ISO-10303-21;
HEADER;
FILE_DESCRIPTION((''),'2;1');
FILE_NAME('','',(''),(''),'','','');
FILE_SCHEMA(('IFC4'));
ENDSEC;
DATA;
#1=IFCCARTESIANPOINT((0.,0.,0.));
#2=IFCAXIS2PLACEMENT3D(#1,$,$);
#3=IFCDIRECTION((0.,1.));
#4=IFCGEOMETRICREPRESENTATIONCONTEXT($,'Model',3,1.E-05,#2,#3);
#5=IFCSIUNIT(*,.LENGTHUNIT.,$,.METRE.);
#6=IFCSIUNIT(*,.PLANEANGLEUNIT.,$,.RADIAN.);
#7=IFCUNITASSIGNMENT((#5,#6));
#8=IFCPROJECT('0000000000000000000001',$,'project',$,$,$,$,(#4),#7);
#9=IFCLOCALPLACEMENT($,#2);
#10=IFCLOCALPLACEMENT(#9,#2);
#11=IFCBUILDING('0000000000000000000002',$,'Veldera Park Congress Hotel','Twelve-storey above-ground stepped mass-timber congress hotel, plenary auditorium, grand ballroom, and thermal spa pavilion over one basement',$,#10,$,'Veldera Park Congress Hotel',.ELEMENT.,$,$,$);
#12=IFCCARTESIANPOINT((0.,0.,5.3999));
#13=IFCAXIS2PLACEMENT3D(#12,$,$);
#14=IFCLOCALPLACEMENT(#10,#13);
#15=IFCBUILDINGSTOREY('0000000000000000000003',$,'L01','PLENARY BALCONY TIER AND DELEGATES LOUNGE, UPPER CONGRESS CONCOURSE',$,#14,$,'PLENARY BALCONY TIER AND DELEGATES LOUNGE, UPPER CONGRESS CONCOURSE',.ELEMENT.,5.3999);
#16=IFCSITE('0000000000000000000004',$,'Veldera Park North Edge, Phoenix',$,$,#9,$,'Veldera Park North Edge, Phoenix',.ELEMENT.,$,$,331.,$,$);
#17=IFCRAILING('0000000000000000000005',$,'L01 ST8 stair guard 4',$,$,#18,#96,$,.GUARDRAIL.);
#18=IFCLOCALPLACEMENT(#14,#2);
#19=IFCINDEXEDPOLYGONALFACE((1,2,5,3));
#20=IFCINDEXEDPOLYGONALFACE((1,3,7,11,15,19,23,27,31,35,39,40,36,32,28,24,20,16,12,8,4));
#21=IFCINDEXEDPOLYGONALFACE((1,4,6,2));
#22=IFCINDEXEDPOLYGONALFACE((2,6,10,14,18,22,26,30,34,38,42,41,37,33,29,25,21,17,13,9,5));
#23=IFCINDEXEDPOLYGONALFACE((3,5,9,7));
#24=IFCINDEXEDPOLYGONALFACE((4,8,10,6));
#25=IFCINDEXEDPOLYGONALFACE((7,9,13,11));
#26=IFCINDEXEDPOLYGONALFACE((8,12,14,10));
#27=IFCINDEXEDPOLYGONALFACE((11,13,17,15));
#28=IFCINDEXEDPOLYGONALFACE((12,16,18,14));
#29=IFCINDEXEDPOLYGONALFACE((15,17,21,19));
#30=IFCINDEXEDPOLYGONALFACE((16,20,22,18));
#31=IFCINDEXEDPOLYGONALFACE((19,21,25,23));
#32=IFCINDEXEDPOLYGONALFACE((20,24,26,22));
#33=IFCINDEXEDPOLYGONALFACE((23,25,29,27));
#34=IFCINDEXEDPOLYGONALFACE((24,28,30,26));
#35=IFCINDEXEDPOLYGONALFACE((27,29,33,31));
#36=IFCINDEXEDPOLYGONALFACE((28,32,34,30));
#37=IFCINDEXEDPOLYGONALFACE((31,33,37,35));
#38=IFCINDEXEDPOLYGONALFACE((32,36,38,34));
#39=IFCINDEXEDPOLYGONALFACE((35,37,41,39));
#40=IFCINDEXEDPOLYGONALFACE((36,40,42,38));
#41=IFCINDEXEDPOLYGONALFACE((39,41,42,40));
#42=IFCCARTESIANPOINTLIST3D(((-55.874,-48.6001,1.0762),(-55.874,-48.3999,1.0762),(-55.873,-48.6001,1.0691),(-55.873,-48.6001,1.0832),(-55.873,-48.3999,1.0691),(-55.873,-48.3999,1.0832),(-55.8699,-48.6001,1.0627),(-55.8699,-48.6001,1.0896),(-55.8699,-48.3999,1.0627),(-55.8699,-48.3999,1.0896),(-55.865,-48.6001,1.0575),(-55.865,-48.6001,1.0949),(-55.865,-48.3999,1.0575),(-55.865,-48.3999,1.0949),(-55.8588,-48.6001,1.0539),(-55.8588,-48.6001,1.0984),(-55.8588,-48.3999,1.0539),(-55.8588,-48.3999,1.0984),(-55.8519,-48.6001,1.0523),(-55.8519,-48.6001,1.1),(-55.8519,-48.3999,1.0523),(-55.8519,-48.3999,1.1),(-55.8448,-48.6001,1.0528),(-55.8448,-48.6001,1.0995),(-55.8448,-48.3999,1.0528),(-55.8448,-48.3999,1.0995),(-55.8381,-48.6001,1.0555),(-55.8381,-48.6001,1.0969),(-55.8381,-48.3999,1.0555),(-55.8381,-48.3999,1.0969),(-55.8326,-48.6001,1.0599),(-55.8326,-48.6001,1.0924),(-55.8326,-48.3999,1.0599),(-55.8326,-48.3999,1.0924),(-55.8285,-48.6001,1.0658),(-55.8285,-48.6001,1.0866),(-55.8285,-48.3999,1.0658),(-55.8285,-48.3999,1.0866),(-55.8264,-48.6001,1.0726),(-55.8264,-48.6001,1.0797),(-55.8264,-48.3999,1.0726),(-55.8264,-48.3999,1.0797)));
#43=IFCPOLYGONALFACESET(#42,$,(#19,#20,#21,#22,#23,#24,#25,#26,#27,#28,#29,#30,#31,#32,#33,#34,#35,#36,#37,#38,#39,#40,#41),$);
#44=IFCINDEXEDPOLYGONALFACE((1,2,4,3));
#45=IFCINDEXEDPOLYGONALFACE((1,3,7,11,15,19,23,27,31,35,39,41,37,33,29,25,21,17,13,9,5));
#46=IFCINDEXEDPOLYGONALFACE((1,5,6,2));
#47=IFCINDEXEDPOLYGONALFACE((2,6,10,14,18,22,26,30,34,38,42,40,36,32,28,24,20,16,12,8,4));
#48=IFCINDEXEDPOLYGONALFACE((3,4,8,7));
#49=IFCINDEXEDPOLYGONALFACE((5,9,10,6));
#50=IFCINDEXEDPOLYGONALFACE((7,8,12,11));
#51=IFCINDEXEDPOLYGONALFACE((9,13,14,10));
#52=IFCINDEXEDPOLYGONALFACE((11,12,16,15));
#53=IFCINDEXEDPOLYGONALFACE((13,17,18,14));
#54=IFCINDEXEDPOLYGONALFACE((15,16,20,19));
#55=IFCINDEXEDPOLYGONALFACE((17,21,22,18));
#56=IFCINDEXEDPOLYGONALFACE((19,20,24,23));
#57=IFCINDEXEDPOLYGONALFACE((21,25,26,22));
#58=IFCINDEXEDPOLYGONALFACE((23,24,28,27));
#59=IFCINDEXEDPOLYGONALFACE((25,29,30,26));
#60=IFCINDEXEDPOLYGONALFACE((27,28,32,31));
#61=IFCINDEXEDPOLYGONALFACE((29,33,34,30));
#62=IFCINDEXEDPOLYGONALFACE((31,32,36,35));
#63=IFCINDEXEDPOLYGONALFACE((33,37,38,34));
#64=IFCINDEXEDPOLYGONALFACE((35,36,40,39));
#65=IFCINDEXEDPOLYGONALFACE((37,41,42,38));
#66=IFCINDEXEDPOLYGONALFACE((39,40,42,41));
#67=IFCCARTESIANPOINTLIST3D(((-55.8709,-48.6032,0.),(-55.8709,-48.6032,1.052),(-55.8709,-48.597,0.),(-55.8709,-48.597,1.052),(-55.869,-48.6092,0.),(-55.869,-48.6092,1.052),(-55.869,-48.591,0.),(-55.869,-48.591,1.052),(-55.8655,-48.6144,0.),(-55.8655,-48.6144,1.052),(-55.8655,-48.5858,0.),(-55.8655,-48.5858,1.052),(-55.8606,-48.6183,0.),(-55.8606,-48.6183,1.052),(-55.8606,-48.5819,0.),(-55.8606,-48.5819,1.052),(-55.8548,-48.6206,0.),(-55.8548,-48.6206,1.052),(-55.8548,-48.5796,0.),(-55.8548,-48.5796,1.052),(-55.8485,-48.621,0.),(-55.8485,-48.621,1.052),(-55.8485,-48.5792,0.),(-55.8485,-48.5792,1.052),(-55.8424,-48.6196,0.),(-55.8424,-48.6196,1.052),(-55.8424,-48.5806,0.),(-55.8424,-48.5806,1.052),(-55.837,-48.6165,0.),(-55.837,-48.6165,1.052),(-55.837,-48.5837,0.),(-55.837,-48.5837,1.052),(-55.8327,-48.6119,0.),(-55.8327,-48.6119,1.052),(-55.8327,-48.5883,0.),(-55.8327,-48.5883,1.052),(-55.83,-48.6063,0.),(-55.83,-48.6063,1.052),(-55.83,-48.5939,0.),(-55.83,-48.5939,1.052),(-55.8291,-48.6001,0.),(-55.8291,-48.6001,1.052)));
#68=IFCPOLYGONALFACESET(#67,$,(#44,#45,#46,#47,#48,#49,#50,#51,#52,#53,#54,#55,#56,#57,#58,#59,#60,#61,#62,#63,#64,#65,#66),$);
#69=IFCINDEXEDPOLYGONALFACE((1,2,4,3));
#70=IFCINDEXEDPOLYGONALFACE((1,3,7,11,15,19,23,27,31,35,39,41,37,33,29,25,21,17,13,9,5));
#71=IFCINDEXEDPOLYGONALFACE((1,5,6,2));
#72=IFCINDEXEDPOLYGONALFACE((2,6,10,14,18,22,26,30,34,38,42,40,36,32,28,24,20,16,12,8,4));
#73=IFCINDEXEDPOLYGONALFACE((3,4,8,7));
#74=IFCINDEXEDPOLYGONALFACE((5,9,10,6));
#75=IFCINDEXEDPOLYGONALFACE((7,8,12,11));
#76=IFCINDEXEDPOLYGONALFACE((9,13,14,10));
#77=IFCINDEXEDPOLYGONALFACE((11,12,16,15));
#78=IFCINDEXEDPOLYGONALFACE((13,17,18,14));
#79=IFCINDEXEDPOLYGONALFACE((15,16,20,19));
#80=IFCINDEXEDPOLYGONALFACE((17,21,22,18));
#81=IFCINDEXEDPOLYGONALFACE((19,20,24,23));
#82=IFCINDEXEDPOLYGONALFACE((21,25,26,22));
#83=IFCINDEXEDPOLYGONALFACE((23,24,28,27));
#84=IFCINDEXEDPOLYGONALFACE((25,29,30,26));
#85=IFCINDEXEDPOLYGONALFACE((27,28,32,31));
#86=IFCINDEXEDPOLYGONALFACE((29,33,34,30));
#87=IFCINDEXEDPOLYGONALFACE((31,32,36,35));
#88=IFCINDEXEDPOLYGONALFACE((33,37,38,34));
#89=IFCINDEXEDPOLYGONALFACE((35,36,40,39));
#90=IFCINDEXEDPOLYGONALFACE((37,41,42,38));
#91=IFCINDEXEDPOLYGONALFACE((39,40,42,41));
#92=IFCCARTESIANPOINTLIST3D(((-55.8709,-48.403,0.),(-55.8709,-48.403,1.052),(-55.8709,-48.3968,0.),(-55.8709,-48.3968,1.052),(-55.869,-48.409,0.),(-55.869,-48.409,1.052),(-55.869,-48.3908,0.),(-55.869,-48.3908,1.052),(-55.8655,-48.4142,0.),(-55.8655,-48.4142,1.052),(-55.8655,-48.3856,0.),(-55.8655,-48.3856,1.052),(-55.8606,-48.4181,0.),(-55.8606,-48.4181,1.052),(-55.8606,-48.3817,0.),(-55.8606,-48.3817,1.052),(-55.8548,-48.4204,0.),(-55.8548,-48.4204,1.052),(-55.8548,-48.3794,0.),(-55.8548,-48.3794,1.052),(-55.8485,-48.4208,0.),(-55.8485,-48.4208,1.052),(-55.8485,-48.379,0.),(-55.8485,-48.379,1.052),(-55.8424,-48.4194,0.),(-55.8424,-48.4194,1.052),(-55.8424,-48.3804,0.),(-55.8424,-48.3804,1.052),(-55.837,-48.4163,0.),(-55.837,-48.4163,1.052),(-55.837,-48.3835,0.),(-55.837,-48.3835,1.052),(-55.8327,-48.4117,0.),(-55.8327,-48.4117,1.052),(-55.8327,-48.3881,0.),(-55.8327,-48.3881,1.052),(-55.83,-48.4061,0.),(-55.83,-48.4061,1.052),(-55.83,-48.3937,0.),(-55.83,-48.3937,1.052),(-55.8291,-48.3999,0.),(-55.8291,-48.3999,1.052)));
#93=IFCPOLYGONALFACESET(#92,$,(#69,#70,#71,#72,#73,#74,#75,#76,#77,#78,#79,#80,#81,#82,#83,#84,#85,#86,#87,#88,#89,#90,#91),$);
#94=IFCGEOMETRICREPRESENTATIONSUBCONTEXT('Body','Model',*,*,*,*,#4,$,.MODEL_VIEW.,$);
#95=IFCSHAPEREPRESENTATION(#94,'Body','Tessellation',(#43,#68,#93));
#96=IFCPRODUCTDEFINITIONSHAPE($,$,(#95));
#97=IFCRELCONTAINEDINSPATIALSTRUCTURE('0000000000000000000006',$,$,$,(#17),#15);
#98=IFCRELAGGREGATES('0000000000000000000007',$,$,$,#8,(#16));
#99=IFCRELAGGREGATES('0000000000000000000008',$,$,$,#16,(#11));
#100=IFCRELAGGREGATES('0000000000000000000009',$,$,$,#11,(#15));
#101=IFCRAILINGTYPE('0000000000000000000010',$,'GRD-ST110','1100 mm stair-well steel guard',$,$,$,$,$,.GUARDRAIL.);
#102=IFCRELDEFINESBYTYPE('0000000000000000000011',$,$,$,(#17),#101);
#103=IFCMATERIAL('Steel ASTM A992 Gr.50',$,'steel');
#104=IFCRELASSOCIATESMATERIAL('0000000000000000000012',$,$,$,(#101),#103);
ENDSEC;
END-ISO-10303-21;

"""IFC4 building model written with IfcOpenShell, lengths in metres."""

from ifc_helpers import new_model, si_unit, direction, frame, origin, origin_2d, place, context, subcontext, project, spatial, circle, extrude, material, type_object, element, save


model = new_model("IFC4")

# Units and contexts
model_context = context("Model", 3, precision=1e-05, world=origin(), true_north=direction((0.0, 1.0)))
body_context = subcontext(model_context, "Body", "Model", "MODEL_VIEW")
ifc_project = project(units=[si_unit("LENGTHUNIT", "METRE"), si_unit("PLANEANGLEUNIT", "RADIAN")], contexts=[model_context])

# Site, building, storey
site_placement = place(None, origin())
site = spatial("IfcSite", under=ifc_project, at=site_placement, Name="Veldera Park North Edge, Phoenix", LongName="Veldera Park North Edge, Phoenix", CompositionType="ELEMENT", RefElevation=331.0)
building_placement = place(site_placement, origin())
building = spatial("IfcBuilding", under=site, at=building_placement, Name="Veldera Park Congress Hotel", Description="Twelve-storey above-ground stepped mass-timber congress hotel, plenary auditorium, grand ballroom, and thermal spa pavilion over one basement", LongName="Veldera Park Congress Hotel", CompositionType="ELEMENT")
storey_placement = place(building_placement, frame((0.0, 0.0, 5.3999)))
storey = spatial("IfcBuildingStorey", under=building, at=storey_placement, Name="L01", Description="PLENARY BALCONY TIER AND DELEGATES LOUNGE, UPPER CONGRESS CONCOURSE", LongName="PLENARY BALCONY TIER AND DELEGATES LOUNGE, UPPER CONGRESS CONCOURSE", CompositionType="ELEMENT", Elevation=5.3999)

# Shared definitions
ifc_material_1 = material(Name="Steel ASTM A992 Gr.50", Category="steel")

# Railing
railing_type_1 = type_object("IfcRailingType", Name="GRD-ST110", Description="1100 mm stair-well steel guard", PredefinedType="GUARDRAIL", material=ifc_material_1)
railing_1_placement = place(storey_placement, frame((-55.8501, -48.6001, 0.0)))
element("IfcRailing", 1, at=railing_1_placement, inside=storey, type_object=railing_type_1, Name="L01 ST8 stair guard 4", PredefinedType="GUARDRAIL", context=body_context, shape_type="SweptSolid", body=[
    extrude(circle(Radius=0.0239, at=origin_2d()), frame((0.0, 0.0, 1.0762), z_axis=(0.0, 1.0, 0.0), x_axis=(-1.0, 0.0, 0.0)), (0.0, 0.0, 1.0), 0.2002),
    extrude(circle(Radius=0.021, at=origin_2d()), origin(), (0.0, 0.0, 1.0), 1.052),
    extrude(circle(Radius=0.021, at=origin_2d()), frame((0.0, 0.2002, 0.0)), (0.0, 0.0, 1.0), 1.052),
])

save(model, "model.ifc")
